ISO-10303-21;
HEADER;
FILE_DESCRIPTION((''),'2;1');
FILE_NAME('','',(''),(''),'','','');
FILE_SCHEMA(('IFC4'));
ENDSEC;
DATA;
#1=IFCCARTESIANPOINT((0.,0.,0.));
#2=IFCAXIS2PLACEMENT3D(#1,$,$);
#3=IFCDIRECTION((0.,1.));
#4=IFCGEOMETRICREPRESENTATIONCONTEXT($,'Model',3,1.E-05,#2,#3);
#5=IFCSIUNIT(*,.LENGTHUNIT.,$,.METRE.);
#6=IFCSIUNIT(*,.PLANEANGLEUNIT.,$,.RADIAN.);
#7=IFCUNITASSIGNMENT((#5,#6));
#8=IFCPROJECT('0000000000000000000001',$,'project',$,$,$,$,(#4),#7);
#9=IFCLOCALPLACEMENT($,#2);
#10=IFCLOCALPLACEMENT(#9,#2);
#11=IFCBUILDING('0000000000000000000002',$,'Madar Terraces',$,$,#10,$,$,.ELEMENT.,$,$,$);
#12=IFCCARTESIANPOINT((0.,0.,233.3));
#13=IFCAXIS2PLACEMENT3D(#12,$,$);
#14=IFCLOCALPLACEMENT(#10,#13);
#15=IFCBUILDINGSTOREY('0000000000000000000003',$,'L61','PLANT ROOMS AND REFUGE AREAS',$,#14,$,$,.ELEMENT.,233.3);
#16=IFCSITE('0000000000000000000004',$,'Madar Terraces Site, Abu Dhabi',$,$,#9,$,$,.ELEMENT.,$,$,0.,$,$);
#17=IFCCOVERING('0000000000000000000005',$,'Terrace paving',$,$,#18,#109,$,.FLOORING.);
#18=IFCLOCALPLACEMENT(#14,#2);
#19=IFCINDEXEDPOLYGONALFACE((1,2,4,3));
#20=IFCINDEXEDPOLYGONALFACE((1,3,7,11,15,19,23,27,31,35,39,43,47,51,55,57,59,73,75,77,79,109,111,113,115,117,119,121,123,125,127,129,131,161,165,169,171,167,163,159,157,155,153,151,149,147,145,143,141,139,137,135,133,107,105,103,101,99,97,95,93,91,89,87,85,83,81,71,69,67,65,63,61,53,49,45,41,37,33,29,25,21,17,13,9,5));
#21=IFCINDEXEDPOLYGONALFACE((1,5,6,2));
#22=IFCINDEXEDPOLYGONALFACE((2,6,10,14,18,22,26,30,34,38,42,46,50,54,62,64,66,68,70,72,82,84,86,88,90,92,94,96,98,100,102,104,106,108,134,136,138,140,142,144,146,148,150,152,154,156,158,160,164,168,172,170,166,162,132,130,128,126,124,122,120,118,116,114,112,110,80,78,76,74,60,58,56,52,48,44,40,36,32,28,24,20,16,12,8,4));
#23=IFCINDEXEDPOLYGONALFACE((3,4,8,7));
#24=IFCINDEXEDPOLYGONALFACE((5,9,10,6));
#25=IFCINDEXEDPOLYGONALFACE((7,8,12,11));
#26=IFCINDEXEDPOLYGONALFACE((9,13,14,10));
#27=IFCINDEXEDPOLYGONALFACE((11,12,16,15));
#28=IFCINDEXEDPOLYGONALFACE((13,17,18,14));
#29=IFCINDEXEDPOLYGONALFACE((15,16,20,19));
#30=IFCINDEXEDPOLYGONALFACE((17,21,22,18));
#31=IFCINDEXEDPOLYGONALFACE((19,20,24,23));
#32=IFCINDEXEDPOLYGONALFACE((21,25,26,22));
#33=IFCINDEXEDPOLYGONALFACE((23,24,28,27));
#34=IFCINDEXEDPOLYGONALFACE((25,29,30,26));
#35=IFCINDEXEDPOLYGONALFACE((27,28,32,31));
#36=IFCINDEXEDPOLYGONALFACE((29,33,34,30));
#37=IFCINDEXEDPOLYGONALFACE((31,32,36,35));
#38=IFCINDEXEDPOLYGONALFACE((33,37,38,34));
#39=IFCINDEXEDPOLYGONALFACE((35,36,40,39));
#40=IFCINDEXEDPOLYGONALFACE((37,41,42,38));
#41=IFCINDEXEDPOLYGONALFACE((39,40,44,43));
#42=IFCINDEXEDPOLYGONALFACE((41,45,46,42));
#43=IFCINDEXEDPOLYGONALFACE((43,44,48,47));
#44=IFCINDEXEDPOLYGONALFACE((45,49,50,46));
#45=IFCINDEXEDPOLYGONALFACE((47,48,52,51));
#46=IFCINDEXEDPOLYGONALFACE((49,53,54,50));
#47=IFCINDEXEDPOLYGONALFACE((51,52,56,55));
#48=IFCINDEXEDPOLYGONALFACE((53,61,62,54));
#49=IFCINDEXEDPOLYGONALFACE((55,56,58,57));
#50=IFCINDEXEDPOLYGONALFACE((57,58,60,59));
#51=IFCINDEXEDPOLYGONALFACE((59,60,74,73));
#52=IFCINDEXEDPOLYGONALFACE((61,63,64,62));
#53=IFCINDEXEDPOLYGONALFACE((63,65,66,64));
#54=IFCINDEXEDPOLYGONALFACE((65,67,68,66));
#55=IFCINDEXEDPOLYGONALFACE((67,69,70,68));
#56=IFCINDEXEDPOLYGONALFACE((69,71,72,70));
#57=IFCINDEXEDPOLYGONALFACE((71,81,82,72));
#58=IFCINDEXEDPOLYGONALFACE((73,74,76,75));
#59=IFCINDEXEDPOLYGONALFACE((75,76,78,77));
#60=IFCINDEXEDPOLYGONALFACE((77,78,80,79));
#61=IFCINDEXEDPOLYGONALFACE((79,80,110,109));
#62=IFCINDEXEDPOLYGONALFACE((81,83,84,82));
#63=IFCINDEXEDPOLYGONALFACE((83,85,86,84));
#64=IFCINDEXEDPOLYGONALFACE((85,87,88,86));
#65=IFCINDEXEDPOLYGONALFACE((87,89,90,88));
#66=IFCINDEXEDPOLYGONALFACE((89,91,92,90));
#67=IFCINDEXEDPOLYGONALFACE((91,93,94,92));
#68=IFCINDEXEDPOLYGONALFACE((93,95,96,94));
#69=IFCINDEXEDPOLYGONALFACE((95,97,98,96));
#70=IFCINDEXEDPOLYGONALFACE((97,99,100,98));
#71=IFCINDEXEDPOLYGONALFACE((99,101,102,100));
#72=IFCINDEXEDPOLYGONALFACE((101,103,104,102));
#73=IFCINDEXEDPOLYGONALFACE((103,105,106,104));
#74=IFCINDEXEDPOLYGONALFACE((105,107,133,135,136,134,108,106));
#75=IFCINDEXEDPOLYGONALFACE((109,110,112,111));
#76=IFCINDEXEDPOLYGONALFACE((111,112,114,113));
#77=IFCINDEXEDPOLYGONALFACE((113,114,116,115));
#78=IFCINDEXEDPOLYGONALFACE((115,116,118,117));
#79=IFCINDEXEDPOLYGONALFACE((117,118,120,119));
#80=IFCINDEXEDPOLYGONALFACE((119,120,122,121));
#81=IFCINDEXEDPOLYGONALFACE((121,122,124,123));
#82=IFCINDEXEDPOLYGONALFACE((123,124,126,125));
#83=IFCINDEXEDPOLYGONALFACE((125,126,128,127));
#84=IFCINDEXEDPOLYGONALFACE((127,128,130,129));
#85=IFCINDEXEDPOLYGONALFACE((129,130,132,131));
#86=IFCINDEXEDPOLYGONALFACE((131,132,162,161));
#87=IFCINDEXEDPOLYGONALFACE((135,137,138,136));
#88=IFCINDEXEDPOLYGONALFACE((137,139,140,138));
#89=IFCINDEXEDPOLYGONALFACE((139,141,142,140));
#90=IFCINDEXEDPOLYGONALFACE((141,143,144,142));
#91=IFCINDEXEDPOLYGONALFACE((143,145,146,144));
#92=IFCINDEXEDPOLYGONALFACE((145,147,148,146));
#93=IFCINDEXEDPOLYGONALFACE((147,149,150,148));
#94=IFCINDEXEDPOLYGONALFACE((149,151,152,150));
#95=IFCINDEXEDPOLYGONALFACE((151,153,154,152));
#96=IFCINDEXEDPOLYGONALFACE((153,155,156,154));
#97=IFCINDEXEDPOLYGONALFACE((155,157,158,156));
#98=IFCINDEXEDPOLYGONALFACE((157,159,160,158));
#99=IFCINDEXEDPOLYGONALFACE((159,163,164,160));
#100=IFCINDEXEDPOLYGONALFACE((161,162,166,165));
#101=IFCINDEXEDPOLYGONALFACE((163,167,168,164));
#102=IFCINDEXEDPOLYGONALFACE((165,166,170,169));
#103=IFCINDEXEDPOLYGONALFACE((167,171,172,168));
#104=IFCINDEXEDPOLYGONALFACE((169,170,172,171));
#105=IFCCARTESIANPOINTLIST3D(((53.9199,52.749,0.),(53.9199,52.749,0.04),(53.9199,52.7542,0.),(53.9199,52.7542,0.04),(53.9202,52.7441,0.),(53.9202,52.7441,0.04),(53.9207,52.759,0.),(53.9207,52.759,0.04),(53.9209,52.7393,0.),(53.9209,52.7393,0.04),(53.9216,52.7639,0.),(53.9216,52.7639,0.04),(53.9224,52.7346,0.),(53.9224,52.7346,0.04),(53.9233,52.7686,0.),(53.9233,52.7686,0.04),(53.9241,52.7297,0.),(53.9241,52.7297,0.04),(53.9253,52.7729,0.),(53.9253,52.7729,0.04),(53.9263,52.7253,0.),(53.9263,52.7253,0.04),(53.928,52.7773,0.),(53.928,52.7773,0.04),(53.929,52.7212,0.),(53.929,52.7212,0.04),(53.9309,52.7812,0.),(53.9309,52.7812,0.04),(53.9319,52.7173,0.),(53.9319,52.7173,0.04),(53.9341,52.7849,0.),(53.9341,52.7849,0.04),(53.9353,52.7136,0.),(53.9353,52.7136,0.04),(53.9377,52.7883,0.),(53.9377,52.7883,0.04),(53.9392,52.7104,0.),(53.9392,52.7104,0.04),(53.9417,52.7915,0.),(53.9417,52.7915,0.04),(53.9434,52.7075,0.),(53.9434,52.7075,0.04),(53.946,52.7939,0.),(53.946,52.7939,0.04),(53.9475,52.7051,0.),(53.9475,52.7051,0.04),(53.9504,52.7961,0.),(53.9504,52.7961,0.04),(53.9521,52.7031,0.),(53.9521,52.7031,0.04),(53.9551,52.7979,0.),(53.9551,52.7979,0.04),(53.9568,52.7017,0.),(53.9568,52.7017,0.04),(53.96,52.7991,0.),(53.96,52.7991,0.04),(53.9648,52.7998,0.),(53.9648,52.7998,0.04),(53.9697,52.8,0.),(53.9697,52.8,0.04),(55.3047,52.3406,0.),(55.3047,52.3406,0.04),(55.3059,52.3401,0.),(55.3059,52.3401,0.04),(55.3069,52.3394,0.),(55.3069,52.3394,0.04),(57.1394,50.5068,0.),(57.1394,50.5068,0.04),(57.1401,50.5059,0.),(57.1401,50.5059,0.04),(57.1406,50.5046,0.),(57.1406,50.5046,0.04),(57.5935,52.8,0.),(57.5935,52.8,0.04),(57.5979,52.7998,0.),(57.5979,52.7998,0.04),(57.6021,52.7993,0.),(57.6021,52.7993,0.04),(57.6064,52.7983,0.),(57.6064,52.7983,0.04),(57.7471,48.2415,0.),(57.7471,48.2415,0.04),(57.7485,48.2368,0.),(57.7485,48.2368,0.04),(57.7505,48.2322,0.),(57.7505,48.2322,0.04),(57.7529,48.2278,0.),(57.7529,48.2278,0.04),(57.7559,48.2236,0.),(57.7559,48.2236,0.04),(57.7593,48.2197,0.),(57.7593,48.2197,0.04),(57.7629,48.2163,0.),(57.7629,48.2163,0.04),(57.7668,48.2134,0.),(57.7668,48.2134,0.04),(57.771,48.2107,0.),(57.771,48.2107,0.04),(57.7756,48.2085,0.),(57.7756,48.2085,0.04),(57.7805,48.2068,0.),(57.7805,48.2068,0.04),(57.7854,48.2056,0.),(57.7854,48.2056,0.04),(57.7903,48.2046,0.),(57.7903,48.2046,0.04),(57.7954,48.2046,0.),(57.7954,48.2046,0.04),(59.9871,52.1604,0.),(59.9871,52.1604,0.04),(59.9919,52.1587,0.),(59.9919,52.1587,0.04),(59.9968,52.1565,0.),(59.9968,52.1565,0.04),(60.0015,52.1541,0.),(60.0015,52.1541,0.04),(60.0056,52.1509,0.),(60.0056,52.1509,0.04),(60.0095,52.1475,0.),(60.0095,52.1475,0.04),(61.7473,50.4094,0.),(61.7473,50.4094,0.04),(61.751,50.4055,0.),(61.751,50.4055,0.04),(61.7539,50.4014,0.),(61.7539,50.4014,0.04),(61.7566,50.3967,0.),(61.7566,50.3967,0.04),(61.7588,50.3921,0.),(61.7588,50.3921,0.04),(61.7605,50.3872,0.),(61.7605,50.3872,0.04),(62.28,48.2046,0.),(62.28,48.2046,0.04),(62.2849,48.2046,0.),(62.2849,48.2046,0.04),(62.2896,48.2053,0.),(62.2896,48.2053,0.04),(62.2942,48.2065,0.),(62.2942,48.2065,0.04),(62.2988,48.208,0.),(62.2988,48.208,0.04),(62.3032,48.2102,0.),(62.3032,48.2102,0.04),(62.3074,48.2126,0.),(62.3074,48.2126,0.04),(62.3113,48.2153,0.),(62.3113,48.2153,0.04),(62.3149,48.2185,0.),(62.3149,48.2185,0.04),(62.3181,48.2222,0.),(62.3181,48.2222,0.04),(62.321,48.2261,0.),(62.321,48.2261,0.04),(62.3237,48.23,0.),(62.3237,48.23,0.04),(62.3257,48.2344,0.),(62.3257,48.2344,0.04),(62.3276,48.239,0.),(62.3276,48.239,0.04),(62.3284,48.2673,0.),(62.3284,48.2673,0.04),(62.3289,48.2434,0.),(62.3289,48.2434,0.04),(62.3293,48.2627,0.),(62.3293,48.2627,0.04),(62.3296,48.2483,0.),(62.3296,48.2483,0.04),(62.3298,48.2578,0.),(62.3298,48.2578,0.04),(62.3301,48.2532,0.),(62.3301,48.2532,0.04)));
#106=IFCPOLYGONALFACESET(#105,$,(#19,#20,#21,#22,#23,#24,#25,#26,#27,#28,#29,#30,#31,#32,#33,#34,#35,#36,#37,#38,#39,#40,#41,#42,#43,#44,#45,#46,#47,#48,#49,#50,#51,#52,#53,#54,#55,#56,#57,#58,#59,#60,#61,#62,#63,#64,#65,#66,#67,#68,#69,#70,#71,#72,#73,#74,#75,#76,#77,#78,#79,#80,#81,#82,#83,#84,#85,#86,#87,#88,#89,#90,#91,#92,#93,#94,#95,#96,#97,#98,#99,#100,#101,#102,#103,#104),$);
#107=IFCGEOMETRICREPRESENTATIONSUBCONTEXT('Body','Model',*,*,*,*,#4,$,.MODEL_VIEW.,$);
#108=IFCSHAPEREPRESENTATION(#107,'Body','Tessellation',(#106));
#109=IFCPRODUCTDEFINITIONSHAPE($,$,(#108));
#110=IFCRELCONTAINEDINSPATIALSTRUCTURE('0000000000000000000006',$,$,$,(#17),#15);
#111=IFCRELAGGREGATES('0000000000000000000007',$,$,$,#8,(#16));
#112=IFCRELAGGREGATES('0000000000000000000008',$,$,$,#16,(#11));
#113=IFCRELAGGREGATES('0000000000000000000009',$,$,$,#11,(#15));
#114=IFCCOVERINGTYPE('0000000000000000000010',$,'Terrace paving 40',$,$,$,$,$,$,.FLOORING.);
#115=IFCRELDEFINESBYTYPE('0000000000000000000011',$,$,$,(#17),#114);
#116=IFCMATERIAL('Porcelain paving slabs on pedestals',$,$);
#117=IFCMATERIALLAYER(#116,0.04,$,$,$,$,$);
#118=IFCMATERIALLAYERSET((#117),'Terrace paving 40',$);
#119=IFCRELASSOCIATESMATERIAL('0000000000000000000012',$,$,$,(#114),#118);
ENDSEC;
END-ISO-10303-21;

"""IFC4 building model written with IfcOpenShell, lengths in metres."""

from ifc_helpers import new_model, si_unit, direction, frame, origin, place, context, subcontext, project, spatial, polyline, outline, extrude, material, layer, layer_set, type_object, element, save


model = new_model("IFC4")

# Units and contexts
model_context = context("Model", 3, precision=1e-05, world=origin(), true_north=direction((0.0, 1.0)))
body_context = subcontext(model_context, "Body", "Model", "MODEL_VIEW")
ifc_project = project(units=[si_unit("LENGTHUNIT", "METRE"), si_unit("PLANEANGLEUNIT", "RADIAN")], contexts=[model_context])

# Site, building, storey
site_placement = place(None, origin())
site = spatial("IfcSite", under=ifc_project, at=site_placement, Name="Madar Terraces Site, Abu Dhabi", CompositionType="ELEMENT", RefElevation=0.0)
building_placement = place(site_placement, origin())
building = spatial("IfcBuilding", under=site, at=building_placement, Name="Madar Terraces", CompositionType="ELEMENT")
storey_placement = place(building_placement, frame((0.0, 0.0, 233.3)))
storey = spatial("IfcBuildingStorey", under=building, at=storey_placement, Name="L61", Description="PLANT ROOMS AND REFUGE AREAS", CompositionType="ELEMENT", Elevation=233.3)

# Covering
ifc_material_1 = material(Name="Porcelain paving slabs on pedestals")
ifc_layer_1 = layer(ifc_material_1, 0.04)
ifc_layer_set_1 = layer_set([ifc_layer_1], Name="Terrace paving 40")
covering_type = type_object("IfcCoveringType", Name="Terrace paving 40", PredefinedType="FLOORING", material=ifc_layer_set_1)
covering_1_placement = place(storey_placement, origin())
element("IfcCovering", 1, at=covering_1_placement, inside=storey, type_object=covering_type, Name="Terrace paving", PredefinedType="FLOORING", context=body_context, shape_type="SweptSolid", body=[
    extrude(outline(polyline([(53.9521, 52.7031), (53.9475, 52.7051), (53.9434, 52.7075), (53.9392, 52.7104), (53.9353, 52.7136), (53.9319, 52.7173), (53.929, 52.7212), (53.9263, 52.7253), (53.9241, 52.7297), (53.9224, 52.7346), (53.9209, 52.7393), (53.9202, 52.7441), (53.9199, 52.749), (53.9199, 52.7542), (53.9207, 52.759), (53.9216, 52.7639), (53.9233, 52.7686), (53.9253, 52.7729), (53.928, 52.7773), (53.9309, 52.7812), (53.9341, 52.7849), (53.9377, 52.7883), (53.9417, 52.7915), (53.946, 52.7939), (53.9504, 52.7961), (53.9551, 52.7979), (53.96, 52.7991), (53.9648, 52.7998), (53.9697, 52.8), (57.5935, 52.8), (57.5979, 52.7998), (57.6021, 52.7993), (57.6064, 52.7983), (59.9871, 52.1604), (59.9919, 52.1587), (59.9968, 52.1565), (60.0015, 52.1541), (60.0056, 52.1509), (60.0095, 52.1475), (61.7473, 50.4094), (61.751, 50.4055), (61.7539, 50.4014), (61.7566, 50.3967), (61.7588, 50.3921), (61.7605, 50.3872), (62.3284, 48.2673), (62.3293, 48.2627), (62.3298, 48.2578), (62.3301, 48.2532), (62.3296, 48.2483), (62.3289, 48.2434), (62.3276, 48.239), (62.3257, 48.2344), (62.3237, 48.23), (62.321, 48.2261), (62.3181, 48.2222), (62.3149, 48.2185), (62.3113, 48.2153), (62.3074, 48.2126), (62.3032, 48.2102), (62.2988, 48.208), (62.2942, 48.2065), (62.2896, 48.2053), (62.2849, 48.2046), (62.28, 48.2046), (57.7954, 48.2046), (57.7903, 48.2046), (57.7854, 48.2056), (57.7805, 48.2068), (57.7756, 48.2085), (57.771, 48.2107), (57.7668, 48.2134), (57.7629, 48.2163), (57.7593, 48.2197), (57.7559, 48.2236), (57.7529, 48.2278), (57.7505, 48.2322), (57.7485, 48.2368), (57.7471, 48.2415), (57.1406, 50.5046), (57.1401, 50.5059), (57.1394, 50.5068), (55.3069, 52.3394), (55.3059, 52.3401), (55.3047, 52.3406), (53.9568, 52.7017), (53.9521, 52.7031)])), origin(), (0.0, 0.0, 1.0), 0.04),
])

save(model, "model.ifc")
